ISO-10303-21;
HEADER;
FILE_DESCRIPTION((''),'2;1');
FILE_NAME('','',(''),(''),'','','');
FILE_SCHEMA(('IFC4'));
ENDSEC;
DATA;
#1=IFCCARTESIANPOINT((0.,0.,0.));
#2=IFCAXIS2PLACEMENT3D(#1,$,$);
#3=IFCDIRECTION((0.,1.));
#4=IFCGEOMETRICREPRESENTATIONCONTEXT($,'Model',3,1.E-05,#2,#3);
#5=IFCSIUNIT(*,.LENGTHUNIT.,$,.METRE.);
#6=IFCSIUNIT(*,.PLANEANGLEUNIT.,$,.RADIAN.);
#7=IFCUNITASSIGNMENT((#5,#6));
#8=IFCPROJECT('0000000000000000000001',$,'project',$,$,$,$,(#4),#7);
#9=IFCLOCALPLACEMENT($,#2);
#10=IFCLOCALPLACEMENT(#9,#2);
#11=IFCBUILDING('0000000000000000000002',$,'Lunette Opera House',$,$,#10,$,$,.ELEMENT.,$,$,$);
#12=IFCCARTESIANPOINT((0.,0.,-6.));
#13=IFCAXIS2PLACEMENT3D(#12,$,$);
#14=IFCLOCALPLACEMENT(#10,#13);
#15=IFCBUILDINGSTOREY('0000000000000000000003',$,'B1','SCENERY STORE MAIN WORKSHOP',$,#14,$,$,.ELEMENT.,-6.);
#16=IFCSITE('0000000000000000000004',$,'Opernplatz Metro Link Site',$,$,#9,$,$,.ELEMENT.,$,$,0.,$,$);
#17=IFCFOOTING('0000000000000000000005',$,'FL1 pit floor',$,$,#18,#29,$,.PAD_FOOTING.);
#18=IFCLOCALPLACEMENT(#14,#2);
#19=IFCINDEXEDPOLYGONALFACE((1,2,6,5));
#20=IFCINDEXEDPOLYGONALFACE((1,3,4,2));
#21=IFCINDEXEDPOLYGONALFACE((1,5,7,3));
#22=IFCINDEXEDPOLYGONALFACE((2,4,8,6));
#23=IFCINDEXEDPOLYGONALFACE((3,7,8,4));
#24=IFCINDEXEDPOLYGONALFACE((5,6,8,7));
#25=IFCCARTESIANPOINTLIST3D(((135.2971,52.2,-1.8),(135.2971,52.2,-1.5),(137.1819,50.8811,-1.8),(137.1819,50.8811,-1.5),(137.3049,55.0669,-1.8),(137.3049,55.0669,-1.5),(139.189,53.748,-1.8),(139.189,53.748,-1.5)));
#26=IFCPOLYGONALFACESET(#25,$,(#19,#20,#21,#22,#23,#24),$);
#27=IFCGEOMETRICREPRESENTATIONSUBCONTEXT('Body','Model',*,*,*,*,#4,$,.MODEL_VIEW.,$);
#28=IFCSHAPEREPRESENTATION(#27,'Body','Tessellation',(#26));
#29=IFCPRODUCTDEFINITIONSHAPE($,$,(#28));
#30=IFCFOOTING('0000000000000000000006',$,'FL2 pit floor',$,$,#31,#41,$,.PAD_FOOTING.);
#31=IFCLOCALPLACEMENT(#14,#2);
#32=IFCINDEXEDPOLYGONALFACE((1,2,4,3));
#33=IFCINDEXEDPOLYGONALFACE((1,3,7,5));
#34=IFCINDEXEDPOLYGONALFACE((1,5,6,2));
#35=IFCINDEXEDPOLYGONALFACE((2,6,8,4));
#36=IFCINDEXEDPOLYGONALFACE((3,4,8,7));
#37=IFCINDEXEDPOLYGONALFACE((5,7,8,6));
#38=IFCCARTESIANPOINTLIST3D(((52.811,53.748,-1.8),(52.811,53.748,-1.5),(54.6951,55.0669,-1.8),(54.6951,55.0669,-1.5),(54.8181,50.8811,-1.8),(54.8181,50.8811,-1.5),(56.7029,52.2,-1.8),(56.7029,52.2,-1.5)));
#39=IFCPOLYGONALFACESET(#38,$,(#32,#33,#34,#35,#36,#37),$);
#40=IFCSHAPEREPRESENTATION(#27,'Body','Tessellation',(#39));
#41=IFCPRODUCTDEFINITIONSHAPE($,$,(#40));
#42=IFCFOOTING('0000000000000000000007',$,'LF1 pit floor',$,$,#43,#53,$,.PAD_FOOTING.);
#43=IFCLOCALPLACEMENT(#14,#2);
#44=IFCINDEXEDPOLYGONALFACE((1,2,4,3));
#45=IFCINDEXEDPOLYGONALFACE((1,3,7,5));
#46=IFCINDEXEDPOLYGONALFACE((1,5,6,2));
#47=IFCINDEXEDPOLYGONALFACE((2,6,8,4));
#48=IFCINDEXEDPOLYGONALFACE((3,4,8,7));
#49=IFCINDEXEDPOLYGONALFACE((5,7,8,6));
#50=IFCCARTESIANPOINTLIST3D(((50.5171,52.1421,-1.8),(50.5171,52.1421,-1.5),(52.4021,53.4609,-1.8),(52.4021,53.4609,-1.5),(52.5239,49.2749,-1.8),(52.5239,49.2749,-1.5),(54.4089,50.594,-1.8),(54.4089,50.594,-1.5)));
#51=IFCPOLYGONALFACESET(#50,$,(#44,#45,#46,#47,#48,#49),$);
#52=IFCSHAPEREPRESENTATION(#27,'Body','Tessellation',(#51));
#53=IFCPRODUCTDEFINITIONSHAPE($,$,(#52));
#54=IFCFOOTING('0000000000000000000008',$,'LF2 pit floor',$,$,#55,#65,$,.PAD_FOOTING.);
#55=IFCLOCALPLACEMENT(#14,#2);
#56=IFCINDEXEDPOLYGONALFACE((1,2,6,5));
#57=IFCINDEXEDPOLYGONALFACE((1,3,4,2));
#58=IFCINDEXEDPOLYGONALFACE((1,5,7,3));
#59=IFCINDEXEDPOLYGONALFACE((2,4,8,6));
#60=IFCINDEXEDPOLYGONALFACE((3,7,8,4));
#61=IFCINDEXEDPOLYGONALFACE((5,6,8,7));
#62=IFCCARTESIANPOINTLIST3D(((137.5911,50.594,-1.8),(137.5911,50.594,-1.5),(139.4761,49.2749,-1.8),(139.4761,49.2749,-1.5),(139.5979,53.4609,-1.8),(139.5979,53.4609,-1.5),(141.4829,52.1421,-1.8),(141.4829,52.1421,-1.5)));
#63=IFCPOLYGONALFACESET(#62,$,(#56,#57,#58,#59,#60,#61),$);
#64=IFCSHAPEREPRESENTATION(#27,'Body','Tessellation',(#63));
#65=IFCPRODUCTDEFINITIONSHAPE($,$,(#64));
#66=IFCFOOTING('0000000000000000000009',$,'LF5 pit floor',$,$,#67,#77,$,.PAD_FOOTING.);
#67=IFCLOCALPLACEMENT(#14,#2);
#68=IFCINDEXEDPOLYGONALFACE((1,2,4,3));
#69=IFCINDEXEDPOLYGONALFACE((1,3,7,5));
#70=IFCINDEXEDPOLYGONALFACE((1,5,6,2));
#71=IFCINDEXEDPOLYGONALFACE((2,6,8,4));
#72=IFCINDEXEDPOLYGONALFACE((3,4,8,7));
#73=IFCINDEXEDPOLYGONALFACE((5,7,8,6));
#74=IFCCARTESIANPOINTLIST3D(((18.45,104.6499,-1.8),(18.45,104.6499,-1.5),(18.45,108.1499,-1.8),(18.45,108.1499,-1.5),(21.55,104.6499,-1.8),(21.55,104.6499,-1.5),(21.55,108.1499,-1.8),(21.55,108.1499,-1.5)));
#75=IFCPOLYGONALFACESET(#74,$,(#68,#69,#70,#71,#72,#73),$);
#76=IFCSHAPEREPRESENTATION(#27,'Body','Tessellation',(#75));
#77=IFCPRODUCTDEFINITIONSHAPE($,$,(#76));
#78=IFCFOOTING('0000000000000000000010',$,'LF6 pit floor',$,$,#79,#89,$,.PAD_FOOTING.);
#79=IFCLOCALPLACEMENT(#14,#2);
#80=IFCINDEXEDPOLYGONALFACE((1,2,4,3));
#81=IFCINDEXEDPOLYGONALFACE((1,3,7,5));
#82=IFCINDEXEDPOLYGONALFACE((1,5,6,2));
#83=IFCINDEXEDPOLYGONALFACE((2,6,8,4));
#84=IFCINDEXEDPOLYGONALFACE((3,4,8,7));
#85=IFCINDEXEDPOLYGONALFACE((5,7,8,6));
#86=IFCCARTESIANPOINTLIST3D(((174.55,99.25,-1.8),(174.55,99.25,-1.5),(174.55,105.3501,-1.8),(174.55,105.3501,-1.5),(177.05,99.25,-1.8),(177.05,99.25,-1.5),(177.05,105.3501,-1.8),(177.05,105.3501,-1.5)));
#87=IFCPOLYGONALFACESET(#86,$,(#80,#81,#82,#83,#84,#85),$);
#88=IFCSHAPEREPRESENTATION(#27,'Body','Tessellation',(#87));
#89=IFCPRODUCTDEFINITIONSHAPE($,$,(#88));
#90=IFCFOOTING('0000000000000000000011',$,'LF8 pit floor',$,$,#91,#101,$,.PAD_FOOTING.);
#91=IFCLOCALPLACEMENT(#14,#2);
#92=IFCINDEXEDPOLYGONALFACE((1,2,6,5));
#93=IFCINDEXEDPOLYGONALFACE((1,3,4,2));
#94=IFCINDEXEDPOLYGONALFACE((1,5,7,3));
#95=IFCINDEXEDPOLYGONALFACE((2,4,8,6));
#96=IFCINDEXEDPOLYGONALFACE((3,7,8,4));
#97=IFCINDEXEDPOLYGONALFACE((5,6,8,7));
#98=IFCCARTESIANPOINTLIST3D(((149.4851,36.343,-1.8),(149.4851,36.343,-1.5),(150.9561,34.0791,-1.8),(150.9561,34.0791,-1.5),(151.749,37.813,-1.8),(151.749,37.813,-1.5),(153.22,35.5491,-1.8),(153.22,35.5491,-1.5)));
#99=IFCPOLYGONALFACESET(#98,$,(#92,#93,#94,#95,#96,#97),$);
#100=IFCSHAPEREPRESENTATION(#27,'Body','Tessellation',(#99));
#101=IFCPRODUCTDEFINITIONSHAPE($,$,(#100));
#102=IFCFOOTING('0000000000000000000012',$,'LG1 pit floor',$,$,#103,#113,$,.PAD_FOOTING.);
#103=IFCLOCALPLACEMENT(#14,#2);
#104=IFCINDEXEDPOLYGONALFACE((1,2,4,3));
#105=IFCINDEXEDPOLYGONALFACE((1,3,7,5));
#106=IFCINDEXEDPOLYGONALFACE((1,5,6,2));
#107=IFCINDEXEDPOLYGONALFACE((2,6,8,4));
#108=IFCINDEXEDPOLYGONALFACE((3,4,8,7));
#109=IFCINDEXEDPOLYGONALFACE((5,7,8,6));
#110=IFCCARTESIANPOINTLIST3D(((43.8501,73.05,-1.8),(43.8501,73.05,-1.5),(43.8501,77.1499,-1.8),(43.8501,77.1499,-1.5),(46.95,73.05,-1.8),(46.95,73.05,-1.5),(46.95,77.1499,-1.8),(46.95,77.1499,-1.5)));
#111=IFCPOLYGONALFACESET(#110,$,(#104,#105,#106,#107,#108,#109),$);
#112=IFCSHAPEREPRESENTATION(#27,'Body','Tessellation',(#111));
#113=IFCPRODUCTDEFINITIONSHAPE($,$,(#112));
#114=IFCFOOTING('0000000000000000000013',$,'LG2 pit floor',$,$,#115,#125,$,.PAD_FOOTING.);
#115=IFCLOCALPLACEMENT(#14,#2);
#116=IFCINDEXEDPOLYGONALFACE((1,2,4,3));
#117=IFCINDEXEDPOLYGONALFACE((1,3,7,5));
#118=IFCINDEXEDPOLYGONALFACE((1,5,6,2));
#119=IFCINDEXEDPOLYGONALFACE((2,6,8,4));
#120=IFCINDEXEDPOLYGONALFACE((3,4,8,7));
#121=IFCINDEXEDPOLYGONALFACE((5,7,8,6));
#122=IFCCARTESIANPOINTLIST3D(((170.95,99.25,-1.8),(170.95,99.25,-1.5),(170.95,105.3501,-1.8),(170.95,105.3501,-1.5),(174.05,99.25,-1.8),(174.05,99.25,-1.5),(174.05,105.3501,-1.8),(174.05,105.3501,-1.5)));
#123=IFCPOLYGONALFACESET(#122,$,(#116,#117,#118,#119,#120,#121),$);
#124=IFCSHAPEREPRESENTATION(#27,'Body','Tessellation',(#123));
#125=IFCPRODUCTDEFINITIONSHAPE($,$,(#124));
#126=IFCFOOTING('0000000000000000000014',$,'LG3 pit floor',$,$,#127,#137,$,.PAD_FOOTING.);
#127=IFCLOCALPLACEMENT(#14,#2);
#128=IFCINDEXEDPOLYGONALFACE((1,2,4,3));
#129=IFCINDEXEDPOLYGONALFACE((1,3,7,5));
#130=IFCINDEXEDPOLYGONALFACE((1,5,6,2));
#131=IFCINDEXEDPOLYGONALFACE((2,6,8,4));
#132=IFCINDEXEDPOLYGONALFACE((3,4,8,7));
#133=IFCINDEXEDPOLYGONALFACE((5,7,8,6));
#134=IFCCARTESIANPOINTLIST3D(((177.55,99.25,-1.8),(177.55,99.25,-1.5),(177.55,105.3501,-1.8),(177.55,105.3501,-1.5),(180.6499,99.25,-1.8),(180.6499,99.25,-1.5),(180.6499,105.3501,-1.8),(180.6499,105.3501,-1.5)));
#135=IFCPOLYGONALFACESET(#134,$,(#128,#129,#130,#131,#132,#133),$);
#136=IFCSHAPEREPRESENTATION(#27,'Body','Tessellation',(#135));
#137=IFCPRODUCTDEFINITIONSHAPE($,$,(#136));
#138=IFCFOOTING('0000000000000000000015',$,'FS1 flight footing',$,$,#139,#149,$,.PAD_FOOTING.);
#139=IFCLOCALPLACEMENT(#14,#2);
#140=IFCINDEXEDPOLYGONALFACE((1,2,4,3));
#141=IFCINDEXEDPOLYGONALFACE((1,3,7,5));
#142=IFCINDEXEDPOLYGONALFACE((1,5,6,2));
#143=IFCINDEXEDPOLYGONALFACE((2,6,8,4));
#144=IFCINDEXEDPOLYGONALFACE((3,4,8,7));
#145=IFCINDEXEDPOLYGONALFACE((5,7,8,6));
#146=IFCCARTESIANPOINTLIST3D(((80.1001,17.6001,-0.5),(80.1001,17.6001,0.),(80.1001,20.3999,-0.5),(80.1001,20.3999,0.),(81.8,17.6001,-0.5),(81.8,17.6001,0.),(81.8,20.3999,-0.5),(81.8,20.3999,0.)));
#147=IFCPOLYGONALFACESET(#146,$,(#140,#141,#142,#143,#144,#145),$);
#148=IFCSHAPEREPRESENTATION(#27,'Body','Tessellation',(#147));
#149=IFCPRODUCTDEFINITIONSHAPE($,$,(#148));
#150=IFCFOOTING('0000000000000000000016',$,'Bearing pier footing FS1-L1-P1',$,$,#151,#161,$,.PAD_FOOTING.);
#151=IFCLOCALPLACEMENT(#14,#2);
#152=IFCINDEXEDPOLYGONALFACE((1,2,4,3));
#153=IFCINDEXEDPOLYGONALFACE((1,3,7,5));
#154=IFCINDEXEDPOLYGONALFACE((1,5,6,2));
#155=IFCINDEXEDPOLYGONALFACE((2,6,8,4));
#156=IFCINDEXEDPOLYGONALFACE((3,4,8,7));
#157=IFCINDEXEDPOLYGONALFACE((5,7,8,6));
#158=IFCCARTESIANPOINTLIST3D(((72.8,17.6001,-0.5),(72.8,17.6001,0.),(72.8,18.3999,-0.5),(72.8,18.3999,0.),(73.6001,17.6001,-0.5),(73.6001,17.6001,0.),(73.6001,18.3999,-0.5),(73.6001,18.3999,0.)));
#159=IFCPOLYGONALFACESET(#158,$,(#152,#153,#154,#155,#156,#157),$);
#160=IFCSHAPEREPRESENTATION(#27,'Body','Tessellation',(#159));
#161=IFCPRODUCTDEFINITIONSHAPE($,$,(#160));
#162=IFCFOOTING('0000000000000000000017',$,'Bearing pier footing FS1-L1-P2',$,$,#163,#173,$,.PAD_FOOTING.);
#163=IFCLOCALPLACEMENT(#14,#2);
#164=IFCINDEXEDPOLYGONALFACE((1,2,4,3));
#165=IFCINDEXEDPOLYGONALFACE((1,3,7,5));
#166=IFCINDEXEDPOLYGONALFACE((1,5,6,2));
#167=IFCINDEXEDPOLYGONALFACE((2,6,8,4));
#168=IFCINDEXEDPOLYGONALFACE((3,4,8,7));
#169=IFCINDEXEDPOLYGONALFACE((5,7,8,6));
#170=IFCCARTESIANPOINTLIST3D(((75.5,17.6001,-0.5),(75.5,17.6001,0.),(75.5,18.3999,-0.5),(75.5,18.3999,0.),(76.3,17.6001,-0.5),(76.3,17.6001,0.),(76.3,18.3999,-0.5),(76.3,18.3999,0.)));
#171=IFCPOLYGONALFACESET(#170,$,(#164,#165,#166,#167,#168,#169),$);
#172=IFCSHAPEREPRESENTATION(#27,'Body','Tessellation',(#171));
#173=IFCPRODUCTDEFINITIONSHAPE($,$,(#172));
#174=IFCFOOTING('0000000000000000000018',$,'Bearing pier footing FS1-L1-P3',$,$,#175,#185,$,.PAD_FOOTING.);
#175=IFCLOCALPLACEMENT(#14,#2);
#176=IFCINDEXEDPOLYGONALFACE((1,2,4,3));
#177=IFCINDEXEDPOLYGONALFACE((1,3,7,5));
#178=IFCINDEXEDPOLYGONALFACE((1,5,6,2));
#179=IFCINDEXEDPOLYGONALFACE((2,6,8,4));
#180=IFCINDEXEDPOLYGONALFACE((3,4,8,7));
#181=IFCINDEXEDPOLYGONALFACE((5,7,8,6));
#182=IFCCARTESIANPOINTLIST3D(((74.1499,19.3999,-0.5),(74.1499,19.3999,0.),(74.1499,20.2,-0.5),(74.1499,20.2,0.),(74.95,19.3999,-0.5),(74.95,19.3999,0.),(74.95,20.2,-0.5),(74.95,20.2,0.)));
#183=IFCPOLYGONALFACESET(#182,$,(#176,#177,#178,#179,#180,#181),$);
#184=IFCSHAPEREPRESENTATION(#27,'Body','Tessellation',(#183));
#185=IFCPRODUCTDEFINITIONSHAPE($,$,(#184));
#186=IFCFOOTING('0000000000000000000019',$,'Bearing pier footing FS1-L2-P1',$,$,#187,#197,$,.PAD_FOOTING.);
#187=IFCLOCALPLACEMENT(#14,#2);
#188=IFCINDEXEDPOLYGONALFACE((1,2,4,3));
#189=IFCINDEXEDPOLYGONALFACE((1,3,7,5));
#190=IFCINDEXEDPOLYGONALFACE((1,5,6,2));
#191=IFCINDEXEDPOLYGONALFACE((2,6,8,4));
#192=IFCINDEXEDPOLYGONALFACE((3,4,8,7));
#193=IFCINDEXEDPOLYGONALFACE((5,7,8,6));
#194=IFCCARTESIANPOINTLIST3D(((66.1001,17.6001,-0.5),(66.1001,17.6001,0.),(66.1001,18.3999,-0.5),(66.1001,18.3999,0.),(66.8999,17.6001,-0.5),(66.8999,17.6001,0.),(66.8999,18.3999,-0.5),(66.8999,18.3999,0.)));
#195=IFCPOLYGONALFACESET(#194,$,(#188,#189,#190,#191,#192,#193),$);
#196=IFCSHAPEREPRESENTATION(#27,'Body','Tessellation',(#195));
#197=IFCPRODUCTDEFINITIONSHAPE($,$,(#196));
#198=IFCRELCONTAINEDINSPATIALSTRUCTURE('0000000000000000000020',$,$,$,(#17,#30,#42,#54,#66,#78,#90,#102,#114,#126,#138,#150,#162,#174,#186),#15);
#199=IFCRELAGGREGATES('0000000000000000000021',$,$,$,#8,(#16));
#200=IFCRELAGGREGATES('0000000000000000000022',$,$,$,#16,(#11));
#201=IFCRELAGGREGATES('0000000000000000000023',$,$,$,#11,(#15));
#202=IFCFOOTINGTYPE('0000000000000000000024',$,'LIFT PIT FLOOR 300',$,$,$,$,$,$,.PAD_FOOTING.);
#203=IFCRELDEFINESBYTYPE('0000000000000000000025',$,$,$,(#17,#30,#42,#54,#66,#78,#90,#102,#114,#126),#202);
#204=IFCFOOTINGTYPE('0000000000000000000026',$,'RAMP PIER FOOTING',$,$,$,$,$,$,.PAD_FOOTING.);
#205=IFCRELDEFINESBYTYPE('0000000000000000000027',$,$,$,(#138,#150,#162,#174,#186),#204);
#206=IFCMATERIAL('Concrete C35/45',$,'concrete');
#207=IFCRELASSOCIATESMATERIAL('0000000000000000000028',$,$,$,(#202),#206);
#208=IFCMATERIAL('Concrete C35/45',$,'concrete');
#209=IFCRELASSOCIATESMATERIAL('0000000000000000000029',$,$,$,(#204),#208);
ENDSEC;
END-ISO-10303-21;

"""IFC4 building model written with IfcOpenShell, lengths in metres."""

from ifc_helpers import new_model, si_unit, direction, frame, origin, place, context, subcontext, project, spatial, polyline, outline, extrude, material, type_object, element, save


model = new_model("IFC4")

# Units and contexts
model_context = context("Model", 3, precision=1e-05, world=origin(), true_north=direction((0.0, 1.0)))
body_context = subcontext(model_context, "Body", "Model", "MODEL_VIEW")
ifc_project = project(units=[si_unit("LENGTHUNIT", "METRE"), si_unit("PLANEANGLEUNIT", "RADIAN")], contexts=[model_context])

# Site, building, storey
site_placement = place(None, origin())
site = spatial("IfcSite", under=ifc_project, at=site_placement, Name="Opernplatz Metro Link Site", CompositionType="ELEMENT", RefElevation=0.0)
building_placement = place(site_placement, origin())
building = spatial("IfcBuilding", under=site, at=building_placement, Name="Lunette Opera House", CompositionType="ELEMENT")
storey_placement = place(building_placement, frame((0.0, 0.0, -6.0)))
storey = spatial("IfcBuildingStorey", under=building, at=storey_placement, Name="B1", Description="SCENERY STORE MAIN WORKSHOP", CompositionType="ELEMENT", Elevation=-6.0)

# Footings
ifc_material_1 = material(Name="Concrete C35/45", Category="concrete")
footing_type_1 = type_object("IfcFootingType", Name="LIFT PIT FLOOR 300", PredefinedType="PAD_FOOTING", material=ifc_material_1)
footing_1_placement = place(storey_placement, frame((0.0, 0.0, -1.8)))
element("IfcFooting", 1, at=footing_1_placement, inside=storey, type_object=footing_type_1, Name="FL1 pit floor", PredefinedType="PAD_FOOTING", context=body_context, shape_type="SweptSolid", body=[
    extrude(outline(polyline([(135.2971, 52.2), (137.3049, 55.0669), (139.189, 53.748), (137.1819, 50.8811), (135.2971, 52.2)])), origin(), (0.0, 0.0, 1.0), 0.3),
])
footing_2_placement = place(storey_placement, frame((0.0, 0.0, -1.8)))
element("IfcFooting", 2, at=footing_2_placement, inside=storey, type_object=footing_type_1, Name="FL2 pit floor", PredefinedType="PAD_FOOTING", context=body_context, shape_type="SweptSolid", body=[
    extrude(outline(polyline([(56.7029, 52.2), (54.8181, 50.8811), (52.811, 53.748), (54.6951, 55.0669), (56.7029, 52.2)])), origin(), (0.0, 0.0, 1.0), 0.3),
])
footing_3_placement = place(storey_placement, frame((0.0, 0.0, -1.8)))
element("IfcFooting", 3, at=footing_3_placement, inside=storey, type_object=footing_type_1, Name="LF1 pit floor", PredefinedType="PAD_FOOTING", context=body_context, shape_type="SweptSolid", body=[
    extrude(outline(polyline([(54.4089, 50.594), (52.5239, 49.2749), (50.5171, 52.1421), (52.4021, 53.4609), (54.4089, 50.594)])), origin(), (0.0, 0.0, 1.0), 0.3),
])
footing_4_placement = place(storey_placement, frame((0.0, 0.0, -1.8)))
element("IfcFooting", 4, at=footing_4_placement, inside=storey, type_object=footing_type_1, Name="LF2 pit floor", PredefinedType="PAD_FOOTING", context=body_context, shape_type="SweptSolid", body=[
    extrude(outline(polyline([(137.5911, 50.594), (139.5979, 53.4609), (141.4829, 52.1421), (139.4761, 49.2749), (137.5911, 50.594)])), origin(), (0.0, 0.0, 1.0), 0.3),
])
footing_5_placement = place(storey_placement, frame((0.0, 0.0, -1.8)))
element("IfcFooting", 5, at=footing_5_placement, inside=storey, type_object=footing_type_1, Name="LF5 pit floor", PredefinedType="PAD_FOOTING", context=body_context, shape_type="SweptSolid", body=[
    extrude(outline(polyline([(21.55, 104.6499), (18.45, 104.6499), (18.45, 108.1499), (21.55, 108.1499), (21.55, 104.6499)])), origin(), (0.0, 0.0, 1.0), 0.3),
])
footing_6_placement = place(storey_placement, frame((0.0, 0.0, -1.8)))
element("IfcFooting", 6, at=footing_6_placement, inside=storey, type_object=footing_type_1, Name="LF6 pit floor", PredefinedType="PAD_FOOTING", context=body_context, shape_type="SweptSolid", body=[
    extrude(outline(polyline([(177.05, 99.25), (174.55, 99.25), (174.55, 105.3501), (177.05, 105.3501), (177.05, 99.25)])), origin(), (0.0, 0.0, 1.0), 0.3),
])
footing_7_placement = place(storey_placement, frame((0.0, 0.0, -1.8)))
element("IfcFooting", 7, at=footing_7_placement, inside=storey, type_object=footing_type_1, Name="LF8 pit floor", PredefinedType="PAD_FOOTING", context=body_context, shape_type="SweptSolid", body=[
    extrude(outline(polyline([(149.4851, 36.343), (151.749, 37.813), (153.22, 35.5491), (150.9561, 34.0791), (149.4851, 36.343)])), origin(), (0.0, 0.0, 1.0), 0.3),
])
footing_8_placement = place(storey_placement, frame((0.0, 0.0, -1.8)))
element("IfcFooting", 8, at=footing_8_placement, inside=storey, type_object=footing_type_1, Name="LG1 pit floor", PredefinedType="PAD_FOOTING", context=body_context, shape_type="SweptSolid", body=[
    extrude(outline(polyline([(46.95, 73.05), (43.8501, 73.05), (43.8501, 77.1499), (46.95, 77.1499), (46.95, 73.05)])), origin(), (0.0, 0.0, 1.0), 0.3),
])
footing_9_placement = place(storey_placement, frame((0.0, 0.0, -1.8)))
element("IfcFooting", 9, at=footing_9_placement, inside=storey, type_object=footing_type_1, Name="LG2 pit floor", PredefinedType="PAD_FOOTING", context=body_context, shape_type="SweptSolid", body=[
    extrude(outline(polyline([(174.05, 99.25), (170.95, 99.25), (170.95, 105.3501), (174.05, 105.3501), (174.05, 99.25)])), origin(), (0.0, 0.0, 1.0), 0.3),
])
footing_10_placement = place(storey_placement, frame((0.0, 0.0, -1.8)))
element("IfcFooting", 10, at=footing_10_placement, inside=storey, type_object=footing_type_1, Name="LG3 pit floor", PredefinedType="PAD_FOOTING", context=body_context, shape_type="SweptSolid", body=[
    extrude(outline(polyline([(180.6499, 99.25), (177.55, 99.25), (177.55, 105.3501), (180.6499, 105.3501), (180.6499, 99.25)])), origin(), (0.0, 0.0, 1.0), 0.3),
])
ifc_material_2 = material(Name="Concrete C35/45", Category="concrete")
footing_type_2 = type_object("IfcFootingType", Name="RAMP PIER FOOTING", PredefinedType="PAD_FOOTING", material=ifc_material_2)
footing_11_placement = place(storey_placement, frame((0.0, 0.0, -0.5)))
element("IfcFooting", 11, at=footing_11_placement, inside=storey, type_object=footing_type_2, Name="FS1 flight footing", PredefinedType="PAD_FOOTING", context=body_context, shape_type="SweptSolid", body=[
    extrude(outline(polyline([(80.1001, 17.6001), (81.8, 17.6001), (81.8, 20.3999), (80.1001, 20.3999), (80.1001, 17.6001)])), origin(), (0.0, 0.0, 1.0), 0.5),
])
footing_12_placement = place(storey_placement, frame((0.0, 0.0, -0.5)))
element("IfcFooting", 12, at=footing_12_placement, inside=storey, type_object=footing_type_2, Name="Bearing pier footing FS1-L1-P1", PredefinedType="PAD_FOOTING", context=body_context, shape_type="SweptSolid", body=[
    extrude(outline(polyline([(72.8, 17.6001), (73.6001, 17.6001), (73.6001, 18.3999), (72.8, 18.3999), (72.8, 17.6001)])), origin(), (0.0, 0.0, 1.0), 0.5),
])
footing_13_placement = place(storey_placement, frame((0.0, 0.0, -0.5)))
element("IfcFooting", 13, at=footing_13_placement, inside=storey, type_object=footing_type_2, Name="Bearing pier footing FS1-L1-P2", PredefinedType="PAD_FOOTING", context=body_context, shape_type="SweptSolid", body=[
    extrude(outline(polyline([(75.5, 17.6001), (76.3, 17.6001), (76.3, 18.3999), (75.5, 18.3999), (75.5, 17.6001)])), origin(), (0.0, 0.0, 1.0), 0.5),
])
footing_14_placement = place(storey_placement, frame((0.0, 0.0, -0.5)))
element("IfcFooting", 14, at=footing_14_placement, inside=storey, type_object=footing_type_2, Name="Bearing pier footing FS1-L1-P3", PredefinedType="PAD_FOOTING", context=body_context, shape_type="SweptSolid", body=[
    extrude(outline(polyline([(74.1499, 19.3999), (74.95, 19.3999), (74.95, 20.2), (74.1499, 20.2), (74.1499, 19.3999)])), origin(), (0.0, 0.0, 1.0), 0.5),
])
footing_15_placement = place(storey_placement, frame((0.0, 0.0, -0.5)))
element("IfcFooting", 15, at=footing_15_placement, inside=storey, type_object=footing_type_2, Name="Bearing pier footing FS1-L2-P1", PredefinedType="PAD_FOOTING", context=body_context, shape_type="SweptSolid", body=[
    extrude(outline(polyline([(66.1001, 17.6001), (66.8999, 17.6001), (66.8999, 18.3999), (66.1001, 18.3999), (66.1001, 17.6001)])), origin(), (0.0, 0.0, 1.0), 0.5),
])

save(model, "model.ifc")
